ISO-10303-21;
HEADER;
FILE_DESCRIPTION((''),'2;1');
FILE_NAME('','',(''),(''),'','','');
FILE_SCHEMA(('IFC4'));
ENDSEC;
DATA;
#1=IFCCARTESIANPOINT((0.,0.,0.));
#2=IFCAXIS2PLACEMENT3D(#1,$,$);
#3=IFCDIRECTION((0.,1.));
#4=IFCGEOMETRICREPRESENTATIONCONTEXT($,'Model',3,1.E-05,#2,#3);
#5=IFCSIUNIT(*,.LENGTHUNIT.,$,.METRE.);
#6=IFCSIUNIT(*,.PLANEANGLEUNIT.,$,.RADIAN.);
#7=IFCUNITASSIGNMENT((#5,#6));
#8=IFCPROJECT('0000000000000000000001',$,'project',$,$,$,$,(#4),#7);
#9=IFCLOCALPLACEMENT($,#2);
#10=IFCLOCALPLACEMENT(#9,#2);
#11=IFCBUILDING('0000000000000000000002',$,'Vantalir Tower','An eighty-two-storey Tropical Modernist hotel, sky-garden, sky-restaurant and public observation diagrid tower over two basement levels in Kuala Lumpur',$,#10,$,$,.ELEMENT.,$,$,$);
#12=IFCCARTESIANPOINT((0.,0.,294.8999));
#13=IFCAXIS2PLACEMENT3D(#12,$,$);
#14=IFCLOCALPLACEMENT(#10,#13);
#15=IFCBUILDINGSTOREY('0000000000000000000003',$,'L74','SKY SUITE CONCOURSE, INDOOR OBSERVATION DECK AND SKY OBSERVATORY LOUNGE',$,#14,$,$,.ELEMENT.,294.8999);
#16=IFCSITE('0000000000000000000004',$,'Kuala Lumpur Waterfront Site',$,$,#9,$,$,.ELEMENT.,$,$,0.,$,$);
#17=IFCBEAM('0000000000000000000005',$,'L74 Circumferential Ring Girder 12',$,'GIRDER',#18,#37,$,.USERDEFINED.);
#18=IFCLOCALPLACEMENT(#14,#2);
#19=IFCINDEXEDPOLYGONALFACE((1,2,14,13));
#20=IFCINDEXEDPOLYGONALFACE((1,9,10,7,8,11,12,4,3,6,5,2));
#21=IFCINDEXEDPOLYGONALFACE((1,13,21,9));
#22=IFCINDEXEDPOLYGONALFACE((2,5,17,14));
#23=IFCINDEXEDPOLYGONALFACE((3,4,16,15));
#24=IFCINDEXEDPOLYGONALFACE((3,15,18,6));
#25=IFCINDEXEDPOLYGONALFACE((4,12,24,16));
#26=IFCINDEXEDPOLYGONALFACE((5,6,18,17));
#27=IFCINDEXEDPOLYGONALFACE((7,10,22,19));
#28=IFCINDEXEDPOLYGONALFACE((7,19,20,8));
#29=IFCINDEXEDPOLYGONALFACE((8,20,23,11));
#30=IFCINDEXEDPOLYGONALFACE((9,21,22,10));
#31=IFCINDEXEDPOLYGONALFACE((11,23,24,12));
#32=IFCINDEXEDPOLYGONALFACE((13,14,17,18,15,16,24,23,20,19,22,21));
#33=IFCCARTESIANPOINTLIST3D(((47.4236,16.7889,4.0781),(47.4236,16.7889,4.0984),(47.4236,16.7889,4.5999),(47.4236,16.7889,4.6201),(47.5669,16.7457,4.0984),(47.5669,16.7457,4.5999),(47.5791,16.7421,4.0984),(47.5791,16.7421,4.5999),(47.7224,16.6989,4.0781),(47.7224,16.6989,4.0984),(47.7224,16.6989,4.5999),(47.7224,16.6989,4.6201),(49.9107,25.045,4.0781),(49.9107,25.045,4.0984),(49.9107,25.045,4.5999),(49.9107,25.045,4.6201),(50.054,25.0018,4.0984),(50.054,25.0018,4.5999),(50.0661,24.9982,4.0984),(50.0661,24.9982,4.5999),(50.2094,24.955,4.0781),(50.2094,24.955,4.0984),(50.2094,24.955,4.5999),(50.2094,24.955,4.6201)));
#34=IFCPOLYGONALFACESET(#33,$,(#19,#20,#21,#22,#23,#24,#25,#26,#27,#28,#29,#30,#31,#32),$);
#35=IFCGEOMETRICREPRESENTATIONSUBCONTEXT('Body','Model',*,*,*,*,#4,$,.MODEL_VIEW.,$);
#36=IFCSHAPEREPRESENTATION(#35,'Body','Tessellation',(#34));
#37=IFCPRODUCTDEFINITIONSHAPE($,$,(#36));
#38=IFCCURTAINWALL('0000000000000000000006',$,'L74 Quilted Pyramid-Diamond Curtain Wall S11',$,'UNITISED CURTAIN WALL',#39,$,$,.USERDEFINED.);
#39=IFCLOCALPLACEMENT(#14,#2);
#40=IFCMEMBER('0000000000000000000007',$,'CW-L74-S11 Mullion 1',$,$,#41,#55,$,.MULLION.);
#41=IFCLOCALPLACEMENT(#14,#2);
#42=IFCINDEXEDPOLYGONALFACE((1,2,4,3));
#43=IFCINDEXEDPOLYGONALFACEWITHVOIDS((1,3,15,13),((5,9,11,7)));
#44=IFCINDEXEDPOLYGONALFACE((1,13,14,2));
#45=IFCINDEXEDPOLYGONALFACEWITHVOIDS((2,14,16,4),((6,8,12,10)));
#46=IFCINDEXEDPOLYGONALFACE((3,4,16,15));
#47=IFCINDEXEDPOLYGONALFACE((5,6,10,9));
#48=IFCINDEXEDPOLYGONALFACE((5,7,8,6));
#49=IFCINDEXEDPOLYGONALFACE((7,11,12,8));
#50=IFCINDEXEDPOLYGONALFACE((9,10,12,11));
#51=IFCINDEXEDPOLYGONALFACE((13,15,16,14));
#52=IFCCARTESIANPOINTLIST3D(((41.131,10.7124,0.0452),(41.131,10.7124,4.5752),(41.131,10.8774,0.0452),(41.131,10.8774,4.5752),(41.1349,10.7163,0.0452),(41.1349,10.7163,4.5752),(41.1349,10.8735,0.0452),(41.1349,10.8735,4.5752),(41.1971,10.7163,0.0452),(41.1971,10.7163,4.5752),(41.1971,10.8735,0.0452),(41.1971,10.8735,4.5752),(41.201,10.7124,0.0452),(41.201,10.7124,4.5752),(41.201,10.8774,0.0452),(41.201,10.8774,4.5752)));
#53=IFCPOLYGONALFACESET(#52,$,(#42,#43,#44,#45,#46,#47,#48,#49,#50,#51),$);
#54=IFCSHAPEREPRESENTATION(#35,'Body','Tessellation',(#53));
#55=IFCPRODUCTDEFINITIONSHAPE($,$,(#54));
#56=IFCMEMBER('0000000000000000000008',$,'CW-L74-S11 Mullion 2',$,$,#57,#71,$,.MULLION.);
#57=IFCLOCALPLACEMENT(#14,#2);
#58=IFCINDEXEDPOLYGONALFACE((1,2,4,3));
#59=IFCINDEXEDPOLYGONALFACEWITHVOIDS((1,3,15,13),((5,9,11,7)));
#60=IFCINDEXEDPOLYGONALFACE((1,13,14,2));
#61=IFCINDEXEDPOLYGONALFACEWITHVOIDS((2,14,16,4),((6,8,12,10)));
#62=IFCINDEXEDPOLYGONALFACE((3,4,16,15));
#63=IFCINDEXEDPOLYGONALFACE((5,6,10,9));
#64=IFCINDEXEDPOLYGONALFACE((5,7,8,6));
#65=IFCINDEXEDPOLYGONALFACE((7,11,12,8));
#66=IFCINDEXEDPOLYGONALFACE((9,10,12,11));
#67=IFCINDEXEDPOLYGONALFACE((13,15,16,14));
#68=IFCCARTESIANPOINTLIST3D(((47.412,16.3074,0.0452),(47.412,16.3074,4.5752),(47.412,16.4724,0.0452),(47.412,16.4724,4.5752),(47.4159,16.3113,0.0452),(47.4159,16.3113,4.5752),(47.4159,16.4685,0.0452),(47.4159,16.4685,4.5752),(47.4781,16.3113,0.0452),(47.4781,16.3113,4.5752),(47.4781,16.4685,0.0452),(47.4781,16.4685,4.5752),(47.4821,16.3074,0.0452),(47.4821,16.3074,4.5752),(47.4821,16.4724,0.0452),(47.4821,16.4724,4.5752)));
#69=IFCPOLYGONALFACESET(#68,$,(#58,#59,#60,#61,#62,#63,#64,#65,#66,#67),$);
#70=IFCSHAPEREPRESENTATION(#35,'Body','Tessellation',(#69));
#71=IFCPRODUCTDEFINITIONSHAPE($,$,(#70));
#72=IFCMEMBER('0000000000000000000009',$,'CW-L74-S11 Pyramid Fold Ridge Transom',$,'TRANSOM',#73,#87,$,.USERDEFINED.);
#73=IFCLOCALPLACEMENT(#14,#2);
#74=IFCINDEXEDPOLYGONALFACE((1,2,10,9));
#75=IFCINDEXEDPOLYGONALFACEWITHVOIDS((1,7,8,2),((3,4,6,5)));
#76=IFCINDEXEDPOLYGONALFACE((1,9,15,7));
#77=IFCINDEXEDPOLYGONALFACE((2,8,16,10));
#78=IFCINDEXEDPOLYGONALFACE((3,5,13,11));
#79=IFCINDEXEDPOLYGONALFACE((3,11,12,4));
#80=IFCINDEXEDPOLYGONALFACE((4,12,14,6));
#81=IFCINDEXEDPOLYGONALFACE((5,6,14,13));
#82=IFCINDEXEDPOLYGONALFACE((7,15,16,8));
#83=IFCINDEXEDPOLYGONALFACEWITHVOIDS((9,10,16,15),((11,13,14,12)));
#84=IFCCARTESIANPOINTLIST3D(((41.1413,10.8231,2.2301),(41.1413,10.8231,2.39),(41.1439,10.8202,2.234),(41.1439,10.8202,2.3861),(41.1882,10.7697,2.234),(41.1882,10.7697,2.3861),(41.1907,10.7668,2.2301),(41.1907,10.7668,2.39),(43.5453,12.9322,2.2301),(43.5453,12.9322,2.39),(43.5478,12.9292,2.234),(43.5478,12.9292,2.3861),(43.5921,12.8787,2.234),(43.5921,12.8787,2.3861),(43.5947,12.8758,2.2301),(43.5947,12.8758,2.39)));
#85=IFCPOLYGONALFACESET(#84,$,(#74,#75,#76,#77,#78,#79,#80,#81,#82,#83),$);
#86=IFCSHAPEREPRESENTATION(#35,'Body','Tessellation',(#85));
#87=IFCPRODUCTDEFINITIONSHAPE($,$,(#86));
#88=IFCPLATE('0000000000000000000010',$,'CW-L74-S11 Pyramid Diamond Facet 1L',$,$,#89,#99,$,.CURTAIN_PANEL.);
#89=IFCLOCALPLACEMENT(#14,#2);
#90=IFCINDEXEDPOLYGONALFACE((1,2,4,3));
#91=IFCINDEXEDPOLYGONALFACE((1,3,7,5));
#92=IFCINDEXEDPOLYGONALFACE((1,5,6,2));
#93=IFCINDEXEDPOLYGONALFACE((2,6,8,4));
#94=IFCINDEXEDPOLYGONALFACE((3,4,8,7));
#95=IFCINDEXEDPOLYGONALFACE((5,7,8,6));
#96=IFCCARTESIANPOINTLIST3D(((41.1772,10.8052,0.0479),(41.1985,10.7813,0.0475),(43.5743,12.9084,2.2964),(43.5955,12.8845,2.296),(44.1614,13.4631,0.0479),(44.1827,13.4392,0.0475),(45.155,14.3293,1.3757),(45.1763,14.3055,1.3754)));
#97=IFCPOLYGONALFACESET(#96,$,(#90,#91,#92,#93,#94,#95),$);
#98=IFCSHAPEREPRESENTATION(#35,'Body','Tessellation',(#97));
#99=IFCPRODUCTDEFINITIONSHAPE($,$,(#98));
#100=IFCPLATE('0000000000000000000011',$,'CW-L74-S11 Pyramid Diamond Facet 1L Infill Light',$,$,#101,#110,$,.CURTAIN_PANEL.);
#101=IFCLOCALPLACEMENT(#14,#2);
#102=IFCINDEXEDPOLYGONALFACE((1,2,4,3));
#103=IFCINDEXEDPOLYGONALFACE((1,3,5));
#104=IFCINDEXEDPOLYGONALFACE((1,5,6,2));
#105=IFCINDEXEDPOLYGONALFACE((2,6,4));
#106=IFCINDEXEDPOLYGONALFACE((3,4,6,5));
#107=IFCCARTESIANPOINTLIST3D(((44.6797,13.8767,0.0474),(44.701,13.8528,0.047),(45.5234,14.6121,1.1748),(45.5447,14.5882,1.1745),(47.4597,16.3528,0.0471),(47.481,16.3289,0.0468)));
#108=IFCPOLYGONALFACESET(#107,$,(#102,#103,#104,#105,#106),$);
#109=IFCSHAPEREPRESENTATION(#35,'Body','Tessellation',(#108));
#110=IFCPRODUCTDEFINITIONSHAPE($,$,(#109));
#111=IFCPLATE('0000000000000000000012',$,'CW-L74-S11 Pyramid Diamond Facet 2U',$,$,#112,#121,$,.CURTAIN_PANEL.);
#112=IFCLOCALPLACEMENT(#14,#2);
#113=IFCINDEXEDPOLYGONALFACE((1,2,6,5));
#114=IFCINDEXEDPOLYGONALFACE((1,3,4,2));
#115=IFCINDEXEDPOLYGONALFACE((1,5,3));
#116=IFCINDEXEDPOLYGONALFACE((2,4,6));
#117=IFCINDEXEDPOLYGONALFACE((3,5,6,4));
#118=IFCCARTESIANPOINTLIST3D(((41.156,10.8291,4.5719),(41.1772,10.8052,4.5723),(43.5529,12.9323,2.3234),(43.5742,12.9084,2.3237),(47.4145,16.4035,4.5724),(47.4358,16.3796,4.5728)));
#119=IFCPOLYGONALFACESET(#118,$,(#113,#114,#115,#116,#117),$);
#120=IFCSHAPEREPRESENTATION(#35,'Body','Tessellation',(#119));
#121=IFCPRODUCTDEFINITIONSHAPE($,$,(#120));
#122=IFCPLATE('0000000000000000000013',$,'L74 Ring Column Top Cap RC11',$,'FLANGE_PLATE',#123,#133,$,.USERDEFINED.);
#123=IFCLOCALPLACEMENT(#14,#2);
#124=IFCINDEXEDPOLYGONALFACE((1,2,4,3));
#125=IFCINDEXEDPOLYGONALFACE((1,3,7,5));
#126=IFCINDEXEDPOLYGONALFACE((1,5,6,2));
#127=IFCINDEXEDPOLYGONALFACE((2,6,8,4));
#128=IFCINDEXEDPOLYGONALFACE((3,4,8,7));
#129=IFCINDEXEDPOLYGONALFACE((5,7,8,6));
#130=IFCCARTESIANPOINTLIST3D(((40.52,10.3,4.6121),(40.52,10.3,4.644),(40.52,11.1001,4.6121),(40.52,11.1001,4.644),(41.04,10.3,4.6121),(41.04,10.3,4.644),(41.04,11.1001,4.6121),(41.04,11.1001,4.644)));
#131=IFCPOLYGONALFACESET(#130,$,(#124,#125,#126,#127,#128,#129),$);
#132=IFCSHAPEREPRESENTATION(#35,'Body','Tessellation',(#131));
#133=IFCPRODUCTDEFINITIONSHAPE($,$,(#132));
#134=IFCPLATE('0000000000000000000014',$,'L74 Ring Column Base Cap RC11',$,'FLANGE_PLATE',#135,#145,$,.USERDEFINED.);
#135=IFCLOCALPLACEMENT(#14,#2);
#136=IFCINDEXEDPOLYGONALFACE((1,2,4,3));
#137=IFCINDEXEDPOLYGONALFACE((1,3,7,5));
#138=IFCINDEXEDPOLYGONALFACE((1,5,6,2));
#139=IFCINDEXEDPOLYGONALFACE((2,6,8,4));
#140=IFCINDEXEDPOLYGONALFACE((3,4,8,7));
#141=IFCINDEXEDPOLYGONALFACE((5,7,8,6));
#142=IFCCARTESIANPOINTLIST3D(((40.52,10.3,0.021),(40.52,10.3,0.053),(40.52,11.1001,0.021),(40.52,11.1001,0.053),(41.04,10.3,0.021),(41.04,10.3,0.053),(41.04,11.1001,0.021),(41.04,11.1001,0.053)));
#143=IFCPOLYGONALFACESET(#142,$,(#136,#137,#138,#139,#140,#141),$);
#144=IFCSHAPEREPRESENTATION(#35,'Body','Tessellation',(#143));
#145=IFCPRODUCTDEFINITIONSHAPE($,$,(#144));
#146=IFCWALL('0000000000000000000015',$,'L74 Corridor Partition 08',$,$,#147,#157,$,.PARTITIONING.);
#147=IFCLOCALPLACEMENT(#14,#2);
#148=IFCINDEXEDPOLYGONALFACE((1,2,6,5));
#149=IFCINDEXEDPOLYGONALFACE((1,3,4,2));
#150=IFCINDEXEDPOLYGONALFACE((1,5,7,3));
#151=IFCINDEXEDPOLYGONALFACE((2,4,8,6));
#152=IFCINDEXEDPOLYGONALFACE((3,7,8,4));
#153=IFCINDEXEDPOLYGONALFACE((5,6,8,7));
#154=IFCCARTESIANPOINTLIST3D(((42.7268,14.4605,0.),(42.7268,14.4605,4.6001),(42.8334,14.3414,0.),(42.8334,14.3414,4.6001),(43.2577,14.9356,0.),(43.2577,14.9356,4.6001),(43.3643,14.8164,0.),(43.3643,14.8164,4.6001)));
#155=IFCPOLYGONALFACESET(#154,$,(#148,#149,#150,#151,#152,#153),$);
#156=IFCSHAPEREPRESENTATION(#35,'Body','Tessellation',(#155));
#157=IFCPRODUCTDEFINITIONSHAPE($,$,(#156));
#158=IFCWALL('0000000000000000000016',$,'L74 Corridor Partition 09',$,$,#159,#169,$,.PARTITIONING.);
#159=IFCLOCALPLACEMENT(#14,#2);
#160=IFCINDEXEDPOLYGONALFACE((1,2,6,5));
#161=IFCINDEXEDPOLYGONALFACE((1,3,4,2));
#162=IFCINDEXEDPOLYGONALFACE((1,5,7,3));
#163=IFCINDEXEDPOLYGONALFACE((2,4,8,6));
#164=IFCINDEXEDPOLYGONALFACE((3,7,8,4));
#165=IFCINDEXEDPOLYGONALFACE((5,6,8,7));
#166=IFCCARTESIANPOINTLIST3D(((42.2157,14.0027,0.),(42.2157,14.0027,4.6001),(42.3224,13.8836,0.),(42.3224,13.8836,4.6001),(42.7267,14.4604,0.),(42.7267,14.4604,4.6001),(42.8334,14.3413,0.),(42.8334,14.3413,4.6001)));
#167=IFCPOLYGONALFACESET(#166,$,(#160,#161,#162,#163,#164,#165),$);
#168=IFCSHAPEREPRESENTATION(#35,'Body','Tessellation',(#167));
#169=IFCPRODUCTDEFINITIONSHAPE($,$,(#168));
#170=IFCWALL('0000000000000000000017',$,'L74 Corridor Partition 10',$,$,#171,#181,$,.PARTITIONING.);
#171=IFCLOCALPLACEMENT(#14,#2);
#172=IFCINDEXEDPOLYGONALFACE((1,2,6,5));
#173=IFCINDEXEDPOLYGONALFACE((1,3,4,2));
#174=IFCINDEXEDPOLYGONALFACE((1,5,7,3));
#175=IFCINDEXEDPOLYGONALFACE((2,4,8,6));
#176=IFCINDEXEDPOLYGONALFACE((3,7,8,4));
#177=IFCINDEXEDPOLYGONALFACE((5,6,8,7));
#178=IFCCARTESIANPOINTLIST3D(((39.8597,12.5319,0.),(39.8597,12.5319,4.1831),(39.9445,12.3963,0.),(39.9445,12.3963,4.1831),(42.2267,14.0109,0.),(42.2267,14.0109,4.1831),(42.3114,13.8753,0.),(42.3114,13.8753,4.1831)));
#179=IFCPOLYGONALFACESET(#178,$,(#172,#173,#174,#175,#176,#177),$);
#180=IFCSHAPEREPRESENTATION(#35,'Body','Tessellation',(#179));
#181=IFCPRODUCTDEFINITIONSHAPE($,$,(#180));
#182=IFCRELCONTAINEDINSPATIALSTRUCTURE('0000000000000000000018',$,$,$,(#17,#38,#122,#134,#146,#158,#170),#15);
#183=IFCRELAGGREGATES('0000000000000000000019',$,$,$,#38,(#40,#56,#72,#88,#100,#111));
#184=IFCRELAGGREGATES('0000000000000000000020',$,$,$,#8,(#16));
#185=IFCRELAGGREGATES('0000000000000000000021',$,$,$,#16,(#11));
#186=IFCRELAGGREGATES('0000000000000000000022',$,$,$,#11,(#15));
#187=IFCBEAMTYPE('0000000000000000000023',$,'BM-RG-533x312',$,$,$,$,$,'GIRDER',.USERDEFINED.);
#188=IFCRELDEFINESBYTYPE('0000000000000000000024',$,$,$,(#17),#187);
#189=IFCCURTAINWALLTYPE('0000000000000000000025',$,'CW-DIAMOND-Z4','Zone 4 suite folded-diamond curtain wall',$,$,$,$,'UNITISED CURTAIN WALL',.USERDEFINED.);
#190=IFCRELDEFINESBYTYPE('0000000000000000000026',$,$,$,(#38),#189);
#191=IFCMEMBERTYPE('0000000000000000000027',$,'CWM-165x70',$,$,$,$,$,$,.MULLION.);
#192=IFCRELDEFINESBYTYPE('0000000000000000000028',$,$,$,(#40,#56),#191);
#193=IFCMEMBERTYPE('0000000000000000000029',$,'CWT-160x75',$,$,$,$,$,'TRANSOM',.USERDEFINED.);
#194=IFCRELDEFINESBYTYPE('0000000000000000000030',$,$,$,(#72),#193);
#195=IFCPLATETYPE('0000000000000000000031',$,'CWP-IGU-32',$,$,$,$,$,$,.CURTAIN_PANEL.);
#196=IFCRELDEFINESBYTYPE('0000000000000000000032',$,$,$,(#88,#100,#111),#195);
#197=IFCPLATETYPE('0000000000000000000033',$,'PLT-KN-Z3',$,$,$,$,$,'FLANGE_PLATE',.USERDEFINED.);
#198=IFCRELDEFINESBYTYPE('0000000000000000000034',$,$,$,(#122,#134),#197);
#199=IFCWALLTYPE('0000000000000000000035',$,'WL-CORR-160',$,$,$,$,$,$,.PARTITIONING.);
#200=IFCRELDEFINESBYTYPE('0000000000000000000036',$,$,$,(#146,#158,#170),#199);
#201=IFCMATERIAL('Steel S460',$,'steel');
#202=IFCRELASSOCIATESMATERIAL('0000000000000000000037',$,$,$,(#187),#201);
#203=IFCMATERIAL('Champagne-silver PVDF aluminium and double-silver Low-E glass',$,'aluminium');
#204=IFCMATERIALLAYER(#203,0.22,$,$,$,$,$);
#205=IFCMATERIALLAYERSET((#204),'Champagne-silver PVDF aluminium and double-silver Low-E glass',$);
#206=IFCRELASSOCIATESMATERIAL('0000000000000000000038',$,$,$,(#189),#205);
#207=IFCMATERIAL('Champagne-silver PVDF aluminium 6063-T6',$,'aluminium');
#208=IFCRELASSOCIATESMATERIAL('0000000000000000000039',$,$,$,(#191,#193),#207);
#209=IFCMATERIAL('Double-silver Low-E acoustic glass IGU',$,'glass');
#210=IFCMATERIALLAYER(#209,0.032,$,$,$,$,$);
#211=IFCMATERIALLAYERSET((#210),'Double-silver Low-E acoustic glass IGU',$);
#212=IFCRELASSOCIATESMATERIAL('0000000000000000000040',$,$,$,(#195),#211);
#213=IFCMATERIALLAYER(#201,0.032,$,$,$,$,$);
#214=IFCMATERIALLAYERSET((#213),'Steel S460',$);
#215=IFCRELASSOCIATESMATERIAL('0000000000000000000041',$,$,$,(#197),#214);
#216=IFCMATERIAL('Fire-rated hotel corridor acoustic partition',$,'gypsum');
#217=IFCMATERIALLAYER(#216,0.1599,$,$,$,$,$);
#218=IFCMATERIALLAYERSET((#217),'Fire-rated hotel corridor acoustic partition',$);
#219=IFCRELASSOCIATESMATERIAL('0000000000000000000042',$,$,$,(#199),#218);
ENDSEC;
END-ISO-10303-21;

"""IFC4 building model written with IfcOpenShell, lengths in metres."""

from ifc_helpers import new_model, si_unit, direction, frame, frame_2d, origin, origin_2d, place, context, subcontext, project, spatial, polyline, rectangle, hollow_rectangle, i_section, outline, extrude, material, layer, layer_set, material_profile, profile_set, type_object, element, aggregate, save


model = new_model("IFC4")

# Units and contexts
model_context = context("Model", 3, precision=1e-05, world=origin(), true_north=direction((0.0, 1.0)))
body_context = subcontext(model_context, "Body", "Model", "MODEL_VIEW")
ifc_project = project(units=[si_unit("LENGTHUNIT", "METRE"), si_unit("PLANEANGLEUNIT", "RADIAN")], contexts=[model_context])

# Site, building, storey
site_placement = place(None, origin())
site = spatial("IfcSite", under=ifc_project, at=site_placement, Name="Kuala Lumpur Waterfront Site", CompositionType="ELEMENT", RefElevation=0.0)
building_placement = place(site_placement, origin())
building = spatial("IfcBuilding", under=site, at=building_placement, Name="Vantalir Tower", Description="An eighty-two-storey Tropical Modernist hotel, sky-garden, sky-restaurant and public observation diagrid tower over two basement levels in Kuala Lumpur", CompositionType="ELEMENT")
storey_placement = place(building_placement, frame((0.0, 0.0, 294.8999)))
storey = spatial("IfcBuildingStorey", under=building, at=storey_placement, Name="L74", Description="SKY SUITE CONCOURSE, INDOOR OBSERVATION DECK AND SKY OBSERVATORY LOUNGE", CompositionType="ELEMENT", Elevation=294.8999)

# Shared definitions
ifc_material_1 = material(Name="Steel S460", Category="steel")

# Beam
ifc_material_profile_1 = material_profile(ifc_material_1, i_section(OverallWidth=0.312, OverallDepth=0.542, WebThickness=0.0127, FlangeThickness=0.0203, at=origin_2d()), Name="Steel S460")
ifc_profile_set_1 = profile_set([ifc_material_profile_1], Name="Steel S460")
beam_type_1 = type_object("IfcBeamType", Name="BM-RG-533x312", ElementType="GIRDER", PredefinedType="USERDEFINED", material=ifc_profile_set_1)
beam_1_placement = place(storey_placement, frame((47.573, 16.7439, 4.3491), z_axis=(0.288436, 0.957499, 0.0), x_axis=(-0.957499, 0.288436, 0.0)))
element("IfcBeam", 1, at=beam_1_placement, inside=storey, type_object=beam_type_1, Name="L74 Circumferential Ring Girder 12", ObjectType="GIRDER", PredefinedType="USERDEFINED", context=body_context, shape_type="SweptSolid", body=[
    extrude(i_section(OverallWidth=0.312, OverallDepth=0.542, WebThickness=0.0127, FlangeThickness=0.0203, at=origin_2d()), origin(), (0.0, 0.0, 1.0), 8.6226),
])

# Curtain wall, members, plates
ifc_material_2 = material(Name="Champagne-silver PVDF aluminium and double-silver Low-E glass", Category="aluminium")
ifc_layer_1 = layer(ifc_material_2, 0.22)
ifc_layer_set_1 = layer_set([ifc_layer_1], Name="Champagne-silver PVDF aluminium and double-silver Low-E glass")
curtain_wall_type = type_object("IfcCurtainWallType", Name="CW-DIAMOND-Z4", Description="Zone 4 suite folded-diamond curtain wall", ElementType="UNITISED CURTAIN WALL", PredefinedType="USERDEFINED", material=ifc_layer_set_1)
curtain_wall_placement = place(storey_placement, origin())
curtain_wall = element("IfcCurtainWall", 2, at=curtain_wall_placement, inside=storey, type_object=curtain_wall_type, Name="L74 Quilted Pyramid-Diamond Curtain Wall S11", ObjectType="UNITISED CURTAIN WALL", PredefinedType="USERDEFINED")
ifc_material_3 = material(Name="Champagne-silver PVDF aluminium 6063-T6", Category="aluminium")
ifc_material_profile_2 = material_profile(ifc_material_3, hollow_rectangle(XDim=0.0701, YDim=0.165, WallThickness=0.0039, at=origin_2d()), Name="Champagne-silver PVDF aluminium 6063-T6")
ifc_profile_set_2 = profile_set([ifc_material_profile_2], Name="Champagne-silver PVDF aluminium 6063-T6")
member_type_1 = type_object("IfcMemberType", Name="CWM-165x70", PredefinedType="MULLION", material=ifc_profile_set_2)
member_1_placement = place(storey_placement, frame((41.166, 10.7949, 0.0452), z_axis=(0.0, 0.0, 1.0), x_axis=(1.0, 0.0, 0.0)))
member_1 = element("IfcMember", 3, at=member_1_placement, type_object=member_type_1, Name="CW-L74-S11 Mullion 1", PredefinedType="MULLION", context=body_context, shape_type="SweptSolid", body=[
    extrude(hollow_rectangle(XDim=0.0701, YDim=0.165, WallThickness=0.0039, at=origin_2d()), origin(), (0.0, 0.0, 1.0), 4.53),
])
member_2_placement = place(storey_placement, frame((47.447, 16.3899, 0.0452), z_axis=(0.0, 0.0, 1.0), x_axis=(1.0, 0.0, 0.0)))
member_2 = element("IfcMember", 4, at=member_2_placement, type_object=member_type_1, Name="CW-L74-S11 Mullion 2", PredefinedType="MULLION", context=body_context, shape_type="SweptSolid", body=[
    extrude(hollow_rectangle(XDim=0.0701, YDim=0.165, WallThickness=0.0039, at=origin_2d()), origin(), (0.0, 0.0, 1.0), 4.53),
])
ifc_material_profile_3 = material_profile(ifc_material_3, hollow_rectangle(XDim=0.075, YDim=0.1599, WallThickness=0.0039, at=origin_2d()), Name="Champagne-silver PVDF aluminium 6063-T6")
ifc_profile_set_3 = profile_set([ifc_material_profile_3], Name="Champagne-silver PVDF aluminium 6063-T6")
member_type_2 = type_object("IfcMemberType", Name="CWT-160x75", ElementType="TRANSOM", PredefinedType="USERDEFINED", material=ifc_profile_set_3)
member_3_placement = place(storey_placement, frame((41.166, 10.7949, 2.3101), z_axis=(0.751711, 0.659493, 0.0), x_axis=(-0.659493, 0.751711, 0.0)))
member_3 = element("IfcMember", 5, at=member_3_placement, type_object=member_type_2, Name="CW-L74-S11 Pyramid Fold Ridge Transom", ObjectType="TRANSOM", PredefinedType="USERDEFINED", context=body_context, shape_type="SweptSolid", body=[
    extrude(hollow_rectangle(XDim=0.075, YDim=0.1599, WallThickness=0.0039, at=origin_2d()), origin(), (0.0, 0.0, 1.0), 3.198),
])
ifc_material_4 = material(Name="Double-silver Low-E acoustic glass IGU", Category="glass")
ifc_layer_2 = layer(ifc_material_4, 0.032)
ifc_layer_set_2 = layer_set([ifc_layer_2], Name="Double-silver Low-E acoustic glass IGU")
plate_type_1 = type_object("IfcPlateType", Name="CWP-IGU-32", PredefinedType="CURTAIN_PANEL", material=ifc_layer_set_2)
plate_1_placement = place(storey_placement, frame((41.1772, 10.8052, 0.0479), z_axis=(-0.665071, 0.746706, 0.010534), x_axis=(0.746747, 0.665108, 0.0)))
plate_1 = element("IfcPlate", 6, at=plate_1_placement, type_object=plate_type_1, Name="CW-L74-S11 Pyramid Diamond Facet 1L", PredefinedType="CURTAIN_PANEL", context=body_context, shape_type="SweptSolid", body=[
    extrude(outline(polyline([(0.0, 0.0), (3.9962, 0.0), (5.3144, -1.328), (3.1888, -2.2487), (0.0, 0.0)])), origin(), (0.0, 0.0, -1.0), 0.032),
])
plate_2_placement = place(storey_placement, frame((44.6797, 13.8767, 0.0474), z_axis=(-0.665066, 0.746708, 0.010693), x_axis=(0.74675, 0.665104, -0.000066)))
plate_2 = element("IfcPlate", 7, at=plate_2_placement, type_object=plate_type_1, Name="CW-L74-S11 Pyramid Diamond Facet 1L Infill Light", PredefinedType="CURTAIN_PANEL", context=body_context, shape_type="SweptSolid", body=[
    extrude(outline(polyline([(0.0, 0.0), (3.7228, 0.0), (1.1191, -1.1276), (0.0, 0.0)])), origin(), (0.0, 0.0, -1.0), 0.032),
])
plate_3_placement = place(storey_placement, frame((47.4358, 16.3796, 4.5728), z_axis=(0.66508, -0.746698, 0.010527), x_axis=(-0.746739, -0.665117, -0.000058)))
plate_3 = element("IfcPlate", 8, at=plate_3_placement, type_object=plate_type_1, Name="CW-L74-S11 Pyramid Diamond Facet 2U", PredefinedType="CURTAIN_PANEL", context=body_context, shape_type="SweptSolid", body=[
    extrude(outline(polyline([(0.0, 0.0), (8.3812, 0.0), (5.1925, 2.2488), (0.0, 0.0)])), origin(), (0.0, 0.0, -1.0), 0.032),
])
aggregate(curtain_wall, [member_1, member_2, member_3, plate_1, plate_2, plate_3])

# Plates
ifc_layer_3 = layer(ifc_material_1, 0.032)
ifc_layer_set_3 = layer_set([ifc_layer_3], Name="Steel S460")
plate_type_2 = type_object("IfcPlateType", Name="PLT-KN-Z3", ElementType="FLANGE_PLATE", PredefinedType="USERDEFINED", material=ifc_layer_set_3)
for number, where, z_axis, x_axis, name in (
    (9, (40.52, 11.1001, 4.644), (0.0, 0.0, 1.0), (0.0, -1.0, 0.0), "L74 Ring Column Top Cap RC11"),
    (10, (40.52, 11.1001, 0.053), (0.0, 0.0, 1.0), (0.0, -1.0, 0.0), "L74 Ring Column Base Cap RC11"),
):
    element("IfcPlate", number, at=place(storey_placement, frame(where, z_axis=z_axis, x_axis=x_axis)), inside=storey, type_object=plate_type_2, Name=name, ObjectType="FLANGE_PLATE", PredefinedType="USERDEFINED", context=body_context, shape_type="SweptSolid", body=[
        extrude(outline(polyline([(0.0, 0.0), (0.8, 0.0), (0.8, 0.52), (0.0, 0.52), (0.0, 0.0)])), origin(), (0.0, 0.0, -1.0), 0.032),
    ])

# Walls
ifc_material_5 = material(Name="Fire-rated hotel corridor acoustic partition", Category="gypsum")
ifc_layer_4 = layer(ifc_material_5, 0.1599)
ifc_layer_set_4 = layer_set([ifc_layer_4], Name="Fire-rated hotel corridor acoustic partition")
wall_type_1 = type_object("IfcWallType", Name="WL-CORR-160", PredefinedType="PARTITIONING", material=ifc_layer_set_4)
wall_1_placement = place(storey_placement, frame((43.311, 14.876, 0.0), z_axis=(0.0, 0.0, 1.0), x_axis=(-0.74525, -0.666785, 0.0)))
element("IfcWall", 11, at=wall_1_placement, inside=storey, type_object=wall_type_1, Name="L74 Corridor Partition 08", PredefinedType="PARTITIONING", context=body_context, shape_type="SweptSolid", body=[
    extrude(rectangle(XDim=0.7124, YDim=0.1599, at=frame_2d((0.3562, 0.0))), origin(), (0.0, 0.0, 1.0), 4.6001),
])
wall_2_placement = place(storey_placement, frame((42.78, 14.4009, 0.0), z_axis=(0.0, 0.0, 1.0), x_axis=(-0.744832, -0.667252, 0.0)))
element("IfcWall", 12, at=wall_2_placement, inside=storey, type_object=wall_type_1, Name="L74 Corridor Partition 09", PredefinedType="PARTITIONING", context=body_context, shape_type="SweptSolid", body=[
    extrude(rectangle(XDim=0.686, YDim=0.1599, at=frame_2d((0.343, 0.0))), origin(), (0.0, 0.0, 1.0), 4.6001),
])
wall_3_placement = place(storey_placement, frame((42.269, 13.9431, 0.0), z_axis=(0.0, 0.0, 1.0), x_axis=(-0.848052, -0.529912, 0.0)))
element("IfcWall", 13, at=wall_3_placement, inside=storey, type_object=wall_type_1, Name="L74 Corridor Partition 10", PredefinedType="PARTITIONING", context=body_context, shape_type="SweptSolid", body=[
    extrude(rectangle(XDim=2.791, YDim=0.1599, at=frame_2d((1.3955, 0.0))), origin(), (0.0, 0.0, 1.0), 4.1831),
])

save(model, "model.ifc")
